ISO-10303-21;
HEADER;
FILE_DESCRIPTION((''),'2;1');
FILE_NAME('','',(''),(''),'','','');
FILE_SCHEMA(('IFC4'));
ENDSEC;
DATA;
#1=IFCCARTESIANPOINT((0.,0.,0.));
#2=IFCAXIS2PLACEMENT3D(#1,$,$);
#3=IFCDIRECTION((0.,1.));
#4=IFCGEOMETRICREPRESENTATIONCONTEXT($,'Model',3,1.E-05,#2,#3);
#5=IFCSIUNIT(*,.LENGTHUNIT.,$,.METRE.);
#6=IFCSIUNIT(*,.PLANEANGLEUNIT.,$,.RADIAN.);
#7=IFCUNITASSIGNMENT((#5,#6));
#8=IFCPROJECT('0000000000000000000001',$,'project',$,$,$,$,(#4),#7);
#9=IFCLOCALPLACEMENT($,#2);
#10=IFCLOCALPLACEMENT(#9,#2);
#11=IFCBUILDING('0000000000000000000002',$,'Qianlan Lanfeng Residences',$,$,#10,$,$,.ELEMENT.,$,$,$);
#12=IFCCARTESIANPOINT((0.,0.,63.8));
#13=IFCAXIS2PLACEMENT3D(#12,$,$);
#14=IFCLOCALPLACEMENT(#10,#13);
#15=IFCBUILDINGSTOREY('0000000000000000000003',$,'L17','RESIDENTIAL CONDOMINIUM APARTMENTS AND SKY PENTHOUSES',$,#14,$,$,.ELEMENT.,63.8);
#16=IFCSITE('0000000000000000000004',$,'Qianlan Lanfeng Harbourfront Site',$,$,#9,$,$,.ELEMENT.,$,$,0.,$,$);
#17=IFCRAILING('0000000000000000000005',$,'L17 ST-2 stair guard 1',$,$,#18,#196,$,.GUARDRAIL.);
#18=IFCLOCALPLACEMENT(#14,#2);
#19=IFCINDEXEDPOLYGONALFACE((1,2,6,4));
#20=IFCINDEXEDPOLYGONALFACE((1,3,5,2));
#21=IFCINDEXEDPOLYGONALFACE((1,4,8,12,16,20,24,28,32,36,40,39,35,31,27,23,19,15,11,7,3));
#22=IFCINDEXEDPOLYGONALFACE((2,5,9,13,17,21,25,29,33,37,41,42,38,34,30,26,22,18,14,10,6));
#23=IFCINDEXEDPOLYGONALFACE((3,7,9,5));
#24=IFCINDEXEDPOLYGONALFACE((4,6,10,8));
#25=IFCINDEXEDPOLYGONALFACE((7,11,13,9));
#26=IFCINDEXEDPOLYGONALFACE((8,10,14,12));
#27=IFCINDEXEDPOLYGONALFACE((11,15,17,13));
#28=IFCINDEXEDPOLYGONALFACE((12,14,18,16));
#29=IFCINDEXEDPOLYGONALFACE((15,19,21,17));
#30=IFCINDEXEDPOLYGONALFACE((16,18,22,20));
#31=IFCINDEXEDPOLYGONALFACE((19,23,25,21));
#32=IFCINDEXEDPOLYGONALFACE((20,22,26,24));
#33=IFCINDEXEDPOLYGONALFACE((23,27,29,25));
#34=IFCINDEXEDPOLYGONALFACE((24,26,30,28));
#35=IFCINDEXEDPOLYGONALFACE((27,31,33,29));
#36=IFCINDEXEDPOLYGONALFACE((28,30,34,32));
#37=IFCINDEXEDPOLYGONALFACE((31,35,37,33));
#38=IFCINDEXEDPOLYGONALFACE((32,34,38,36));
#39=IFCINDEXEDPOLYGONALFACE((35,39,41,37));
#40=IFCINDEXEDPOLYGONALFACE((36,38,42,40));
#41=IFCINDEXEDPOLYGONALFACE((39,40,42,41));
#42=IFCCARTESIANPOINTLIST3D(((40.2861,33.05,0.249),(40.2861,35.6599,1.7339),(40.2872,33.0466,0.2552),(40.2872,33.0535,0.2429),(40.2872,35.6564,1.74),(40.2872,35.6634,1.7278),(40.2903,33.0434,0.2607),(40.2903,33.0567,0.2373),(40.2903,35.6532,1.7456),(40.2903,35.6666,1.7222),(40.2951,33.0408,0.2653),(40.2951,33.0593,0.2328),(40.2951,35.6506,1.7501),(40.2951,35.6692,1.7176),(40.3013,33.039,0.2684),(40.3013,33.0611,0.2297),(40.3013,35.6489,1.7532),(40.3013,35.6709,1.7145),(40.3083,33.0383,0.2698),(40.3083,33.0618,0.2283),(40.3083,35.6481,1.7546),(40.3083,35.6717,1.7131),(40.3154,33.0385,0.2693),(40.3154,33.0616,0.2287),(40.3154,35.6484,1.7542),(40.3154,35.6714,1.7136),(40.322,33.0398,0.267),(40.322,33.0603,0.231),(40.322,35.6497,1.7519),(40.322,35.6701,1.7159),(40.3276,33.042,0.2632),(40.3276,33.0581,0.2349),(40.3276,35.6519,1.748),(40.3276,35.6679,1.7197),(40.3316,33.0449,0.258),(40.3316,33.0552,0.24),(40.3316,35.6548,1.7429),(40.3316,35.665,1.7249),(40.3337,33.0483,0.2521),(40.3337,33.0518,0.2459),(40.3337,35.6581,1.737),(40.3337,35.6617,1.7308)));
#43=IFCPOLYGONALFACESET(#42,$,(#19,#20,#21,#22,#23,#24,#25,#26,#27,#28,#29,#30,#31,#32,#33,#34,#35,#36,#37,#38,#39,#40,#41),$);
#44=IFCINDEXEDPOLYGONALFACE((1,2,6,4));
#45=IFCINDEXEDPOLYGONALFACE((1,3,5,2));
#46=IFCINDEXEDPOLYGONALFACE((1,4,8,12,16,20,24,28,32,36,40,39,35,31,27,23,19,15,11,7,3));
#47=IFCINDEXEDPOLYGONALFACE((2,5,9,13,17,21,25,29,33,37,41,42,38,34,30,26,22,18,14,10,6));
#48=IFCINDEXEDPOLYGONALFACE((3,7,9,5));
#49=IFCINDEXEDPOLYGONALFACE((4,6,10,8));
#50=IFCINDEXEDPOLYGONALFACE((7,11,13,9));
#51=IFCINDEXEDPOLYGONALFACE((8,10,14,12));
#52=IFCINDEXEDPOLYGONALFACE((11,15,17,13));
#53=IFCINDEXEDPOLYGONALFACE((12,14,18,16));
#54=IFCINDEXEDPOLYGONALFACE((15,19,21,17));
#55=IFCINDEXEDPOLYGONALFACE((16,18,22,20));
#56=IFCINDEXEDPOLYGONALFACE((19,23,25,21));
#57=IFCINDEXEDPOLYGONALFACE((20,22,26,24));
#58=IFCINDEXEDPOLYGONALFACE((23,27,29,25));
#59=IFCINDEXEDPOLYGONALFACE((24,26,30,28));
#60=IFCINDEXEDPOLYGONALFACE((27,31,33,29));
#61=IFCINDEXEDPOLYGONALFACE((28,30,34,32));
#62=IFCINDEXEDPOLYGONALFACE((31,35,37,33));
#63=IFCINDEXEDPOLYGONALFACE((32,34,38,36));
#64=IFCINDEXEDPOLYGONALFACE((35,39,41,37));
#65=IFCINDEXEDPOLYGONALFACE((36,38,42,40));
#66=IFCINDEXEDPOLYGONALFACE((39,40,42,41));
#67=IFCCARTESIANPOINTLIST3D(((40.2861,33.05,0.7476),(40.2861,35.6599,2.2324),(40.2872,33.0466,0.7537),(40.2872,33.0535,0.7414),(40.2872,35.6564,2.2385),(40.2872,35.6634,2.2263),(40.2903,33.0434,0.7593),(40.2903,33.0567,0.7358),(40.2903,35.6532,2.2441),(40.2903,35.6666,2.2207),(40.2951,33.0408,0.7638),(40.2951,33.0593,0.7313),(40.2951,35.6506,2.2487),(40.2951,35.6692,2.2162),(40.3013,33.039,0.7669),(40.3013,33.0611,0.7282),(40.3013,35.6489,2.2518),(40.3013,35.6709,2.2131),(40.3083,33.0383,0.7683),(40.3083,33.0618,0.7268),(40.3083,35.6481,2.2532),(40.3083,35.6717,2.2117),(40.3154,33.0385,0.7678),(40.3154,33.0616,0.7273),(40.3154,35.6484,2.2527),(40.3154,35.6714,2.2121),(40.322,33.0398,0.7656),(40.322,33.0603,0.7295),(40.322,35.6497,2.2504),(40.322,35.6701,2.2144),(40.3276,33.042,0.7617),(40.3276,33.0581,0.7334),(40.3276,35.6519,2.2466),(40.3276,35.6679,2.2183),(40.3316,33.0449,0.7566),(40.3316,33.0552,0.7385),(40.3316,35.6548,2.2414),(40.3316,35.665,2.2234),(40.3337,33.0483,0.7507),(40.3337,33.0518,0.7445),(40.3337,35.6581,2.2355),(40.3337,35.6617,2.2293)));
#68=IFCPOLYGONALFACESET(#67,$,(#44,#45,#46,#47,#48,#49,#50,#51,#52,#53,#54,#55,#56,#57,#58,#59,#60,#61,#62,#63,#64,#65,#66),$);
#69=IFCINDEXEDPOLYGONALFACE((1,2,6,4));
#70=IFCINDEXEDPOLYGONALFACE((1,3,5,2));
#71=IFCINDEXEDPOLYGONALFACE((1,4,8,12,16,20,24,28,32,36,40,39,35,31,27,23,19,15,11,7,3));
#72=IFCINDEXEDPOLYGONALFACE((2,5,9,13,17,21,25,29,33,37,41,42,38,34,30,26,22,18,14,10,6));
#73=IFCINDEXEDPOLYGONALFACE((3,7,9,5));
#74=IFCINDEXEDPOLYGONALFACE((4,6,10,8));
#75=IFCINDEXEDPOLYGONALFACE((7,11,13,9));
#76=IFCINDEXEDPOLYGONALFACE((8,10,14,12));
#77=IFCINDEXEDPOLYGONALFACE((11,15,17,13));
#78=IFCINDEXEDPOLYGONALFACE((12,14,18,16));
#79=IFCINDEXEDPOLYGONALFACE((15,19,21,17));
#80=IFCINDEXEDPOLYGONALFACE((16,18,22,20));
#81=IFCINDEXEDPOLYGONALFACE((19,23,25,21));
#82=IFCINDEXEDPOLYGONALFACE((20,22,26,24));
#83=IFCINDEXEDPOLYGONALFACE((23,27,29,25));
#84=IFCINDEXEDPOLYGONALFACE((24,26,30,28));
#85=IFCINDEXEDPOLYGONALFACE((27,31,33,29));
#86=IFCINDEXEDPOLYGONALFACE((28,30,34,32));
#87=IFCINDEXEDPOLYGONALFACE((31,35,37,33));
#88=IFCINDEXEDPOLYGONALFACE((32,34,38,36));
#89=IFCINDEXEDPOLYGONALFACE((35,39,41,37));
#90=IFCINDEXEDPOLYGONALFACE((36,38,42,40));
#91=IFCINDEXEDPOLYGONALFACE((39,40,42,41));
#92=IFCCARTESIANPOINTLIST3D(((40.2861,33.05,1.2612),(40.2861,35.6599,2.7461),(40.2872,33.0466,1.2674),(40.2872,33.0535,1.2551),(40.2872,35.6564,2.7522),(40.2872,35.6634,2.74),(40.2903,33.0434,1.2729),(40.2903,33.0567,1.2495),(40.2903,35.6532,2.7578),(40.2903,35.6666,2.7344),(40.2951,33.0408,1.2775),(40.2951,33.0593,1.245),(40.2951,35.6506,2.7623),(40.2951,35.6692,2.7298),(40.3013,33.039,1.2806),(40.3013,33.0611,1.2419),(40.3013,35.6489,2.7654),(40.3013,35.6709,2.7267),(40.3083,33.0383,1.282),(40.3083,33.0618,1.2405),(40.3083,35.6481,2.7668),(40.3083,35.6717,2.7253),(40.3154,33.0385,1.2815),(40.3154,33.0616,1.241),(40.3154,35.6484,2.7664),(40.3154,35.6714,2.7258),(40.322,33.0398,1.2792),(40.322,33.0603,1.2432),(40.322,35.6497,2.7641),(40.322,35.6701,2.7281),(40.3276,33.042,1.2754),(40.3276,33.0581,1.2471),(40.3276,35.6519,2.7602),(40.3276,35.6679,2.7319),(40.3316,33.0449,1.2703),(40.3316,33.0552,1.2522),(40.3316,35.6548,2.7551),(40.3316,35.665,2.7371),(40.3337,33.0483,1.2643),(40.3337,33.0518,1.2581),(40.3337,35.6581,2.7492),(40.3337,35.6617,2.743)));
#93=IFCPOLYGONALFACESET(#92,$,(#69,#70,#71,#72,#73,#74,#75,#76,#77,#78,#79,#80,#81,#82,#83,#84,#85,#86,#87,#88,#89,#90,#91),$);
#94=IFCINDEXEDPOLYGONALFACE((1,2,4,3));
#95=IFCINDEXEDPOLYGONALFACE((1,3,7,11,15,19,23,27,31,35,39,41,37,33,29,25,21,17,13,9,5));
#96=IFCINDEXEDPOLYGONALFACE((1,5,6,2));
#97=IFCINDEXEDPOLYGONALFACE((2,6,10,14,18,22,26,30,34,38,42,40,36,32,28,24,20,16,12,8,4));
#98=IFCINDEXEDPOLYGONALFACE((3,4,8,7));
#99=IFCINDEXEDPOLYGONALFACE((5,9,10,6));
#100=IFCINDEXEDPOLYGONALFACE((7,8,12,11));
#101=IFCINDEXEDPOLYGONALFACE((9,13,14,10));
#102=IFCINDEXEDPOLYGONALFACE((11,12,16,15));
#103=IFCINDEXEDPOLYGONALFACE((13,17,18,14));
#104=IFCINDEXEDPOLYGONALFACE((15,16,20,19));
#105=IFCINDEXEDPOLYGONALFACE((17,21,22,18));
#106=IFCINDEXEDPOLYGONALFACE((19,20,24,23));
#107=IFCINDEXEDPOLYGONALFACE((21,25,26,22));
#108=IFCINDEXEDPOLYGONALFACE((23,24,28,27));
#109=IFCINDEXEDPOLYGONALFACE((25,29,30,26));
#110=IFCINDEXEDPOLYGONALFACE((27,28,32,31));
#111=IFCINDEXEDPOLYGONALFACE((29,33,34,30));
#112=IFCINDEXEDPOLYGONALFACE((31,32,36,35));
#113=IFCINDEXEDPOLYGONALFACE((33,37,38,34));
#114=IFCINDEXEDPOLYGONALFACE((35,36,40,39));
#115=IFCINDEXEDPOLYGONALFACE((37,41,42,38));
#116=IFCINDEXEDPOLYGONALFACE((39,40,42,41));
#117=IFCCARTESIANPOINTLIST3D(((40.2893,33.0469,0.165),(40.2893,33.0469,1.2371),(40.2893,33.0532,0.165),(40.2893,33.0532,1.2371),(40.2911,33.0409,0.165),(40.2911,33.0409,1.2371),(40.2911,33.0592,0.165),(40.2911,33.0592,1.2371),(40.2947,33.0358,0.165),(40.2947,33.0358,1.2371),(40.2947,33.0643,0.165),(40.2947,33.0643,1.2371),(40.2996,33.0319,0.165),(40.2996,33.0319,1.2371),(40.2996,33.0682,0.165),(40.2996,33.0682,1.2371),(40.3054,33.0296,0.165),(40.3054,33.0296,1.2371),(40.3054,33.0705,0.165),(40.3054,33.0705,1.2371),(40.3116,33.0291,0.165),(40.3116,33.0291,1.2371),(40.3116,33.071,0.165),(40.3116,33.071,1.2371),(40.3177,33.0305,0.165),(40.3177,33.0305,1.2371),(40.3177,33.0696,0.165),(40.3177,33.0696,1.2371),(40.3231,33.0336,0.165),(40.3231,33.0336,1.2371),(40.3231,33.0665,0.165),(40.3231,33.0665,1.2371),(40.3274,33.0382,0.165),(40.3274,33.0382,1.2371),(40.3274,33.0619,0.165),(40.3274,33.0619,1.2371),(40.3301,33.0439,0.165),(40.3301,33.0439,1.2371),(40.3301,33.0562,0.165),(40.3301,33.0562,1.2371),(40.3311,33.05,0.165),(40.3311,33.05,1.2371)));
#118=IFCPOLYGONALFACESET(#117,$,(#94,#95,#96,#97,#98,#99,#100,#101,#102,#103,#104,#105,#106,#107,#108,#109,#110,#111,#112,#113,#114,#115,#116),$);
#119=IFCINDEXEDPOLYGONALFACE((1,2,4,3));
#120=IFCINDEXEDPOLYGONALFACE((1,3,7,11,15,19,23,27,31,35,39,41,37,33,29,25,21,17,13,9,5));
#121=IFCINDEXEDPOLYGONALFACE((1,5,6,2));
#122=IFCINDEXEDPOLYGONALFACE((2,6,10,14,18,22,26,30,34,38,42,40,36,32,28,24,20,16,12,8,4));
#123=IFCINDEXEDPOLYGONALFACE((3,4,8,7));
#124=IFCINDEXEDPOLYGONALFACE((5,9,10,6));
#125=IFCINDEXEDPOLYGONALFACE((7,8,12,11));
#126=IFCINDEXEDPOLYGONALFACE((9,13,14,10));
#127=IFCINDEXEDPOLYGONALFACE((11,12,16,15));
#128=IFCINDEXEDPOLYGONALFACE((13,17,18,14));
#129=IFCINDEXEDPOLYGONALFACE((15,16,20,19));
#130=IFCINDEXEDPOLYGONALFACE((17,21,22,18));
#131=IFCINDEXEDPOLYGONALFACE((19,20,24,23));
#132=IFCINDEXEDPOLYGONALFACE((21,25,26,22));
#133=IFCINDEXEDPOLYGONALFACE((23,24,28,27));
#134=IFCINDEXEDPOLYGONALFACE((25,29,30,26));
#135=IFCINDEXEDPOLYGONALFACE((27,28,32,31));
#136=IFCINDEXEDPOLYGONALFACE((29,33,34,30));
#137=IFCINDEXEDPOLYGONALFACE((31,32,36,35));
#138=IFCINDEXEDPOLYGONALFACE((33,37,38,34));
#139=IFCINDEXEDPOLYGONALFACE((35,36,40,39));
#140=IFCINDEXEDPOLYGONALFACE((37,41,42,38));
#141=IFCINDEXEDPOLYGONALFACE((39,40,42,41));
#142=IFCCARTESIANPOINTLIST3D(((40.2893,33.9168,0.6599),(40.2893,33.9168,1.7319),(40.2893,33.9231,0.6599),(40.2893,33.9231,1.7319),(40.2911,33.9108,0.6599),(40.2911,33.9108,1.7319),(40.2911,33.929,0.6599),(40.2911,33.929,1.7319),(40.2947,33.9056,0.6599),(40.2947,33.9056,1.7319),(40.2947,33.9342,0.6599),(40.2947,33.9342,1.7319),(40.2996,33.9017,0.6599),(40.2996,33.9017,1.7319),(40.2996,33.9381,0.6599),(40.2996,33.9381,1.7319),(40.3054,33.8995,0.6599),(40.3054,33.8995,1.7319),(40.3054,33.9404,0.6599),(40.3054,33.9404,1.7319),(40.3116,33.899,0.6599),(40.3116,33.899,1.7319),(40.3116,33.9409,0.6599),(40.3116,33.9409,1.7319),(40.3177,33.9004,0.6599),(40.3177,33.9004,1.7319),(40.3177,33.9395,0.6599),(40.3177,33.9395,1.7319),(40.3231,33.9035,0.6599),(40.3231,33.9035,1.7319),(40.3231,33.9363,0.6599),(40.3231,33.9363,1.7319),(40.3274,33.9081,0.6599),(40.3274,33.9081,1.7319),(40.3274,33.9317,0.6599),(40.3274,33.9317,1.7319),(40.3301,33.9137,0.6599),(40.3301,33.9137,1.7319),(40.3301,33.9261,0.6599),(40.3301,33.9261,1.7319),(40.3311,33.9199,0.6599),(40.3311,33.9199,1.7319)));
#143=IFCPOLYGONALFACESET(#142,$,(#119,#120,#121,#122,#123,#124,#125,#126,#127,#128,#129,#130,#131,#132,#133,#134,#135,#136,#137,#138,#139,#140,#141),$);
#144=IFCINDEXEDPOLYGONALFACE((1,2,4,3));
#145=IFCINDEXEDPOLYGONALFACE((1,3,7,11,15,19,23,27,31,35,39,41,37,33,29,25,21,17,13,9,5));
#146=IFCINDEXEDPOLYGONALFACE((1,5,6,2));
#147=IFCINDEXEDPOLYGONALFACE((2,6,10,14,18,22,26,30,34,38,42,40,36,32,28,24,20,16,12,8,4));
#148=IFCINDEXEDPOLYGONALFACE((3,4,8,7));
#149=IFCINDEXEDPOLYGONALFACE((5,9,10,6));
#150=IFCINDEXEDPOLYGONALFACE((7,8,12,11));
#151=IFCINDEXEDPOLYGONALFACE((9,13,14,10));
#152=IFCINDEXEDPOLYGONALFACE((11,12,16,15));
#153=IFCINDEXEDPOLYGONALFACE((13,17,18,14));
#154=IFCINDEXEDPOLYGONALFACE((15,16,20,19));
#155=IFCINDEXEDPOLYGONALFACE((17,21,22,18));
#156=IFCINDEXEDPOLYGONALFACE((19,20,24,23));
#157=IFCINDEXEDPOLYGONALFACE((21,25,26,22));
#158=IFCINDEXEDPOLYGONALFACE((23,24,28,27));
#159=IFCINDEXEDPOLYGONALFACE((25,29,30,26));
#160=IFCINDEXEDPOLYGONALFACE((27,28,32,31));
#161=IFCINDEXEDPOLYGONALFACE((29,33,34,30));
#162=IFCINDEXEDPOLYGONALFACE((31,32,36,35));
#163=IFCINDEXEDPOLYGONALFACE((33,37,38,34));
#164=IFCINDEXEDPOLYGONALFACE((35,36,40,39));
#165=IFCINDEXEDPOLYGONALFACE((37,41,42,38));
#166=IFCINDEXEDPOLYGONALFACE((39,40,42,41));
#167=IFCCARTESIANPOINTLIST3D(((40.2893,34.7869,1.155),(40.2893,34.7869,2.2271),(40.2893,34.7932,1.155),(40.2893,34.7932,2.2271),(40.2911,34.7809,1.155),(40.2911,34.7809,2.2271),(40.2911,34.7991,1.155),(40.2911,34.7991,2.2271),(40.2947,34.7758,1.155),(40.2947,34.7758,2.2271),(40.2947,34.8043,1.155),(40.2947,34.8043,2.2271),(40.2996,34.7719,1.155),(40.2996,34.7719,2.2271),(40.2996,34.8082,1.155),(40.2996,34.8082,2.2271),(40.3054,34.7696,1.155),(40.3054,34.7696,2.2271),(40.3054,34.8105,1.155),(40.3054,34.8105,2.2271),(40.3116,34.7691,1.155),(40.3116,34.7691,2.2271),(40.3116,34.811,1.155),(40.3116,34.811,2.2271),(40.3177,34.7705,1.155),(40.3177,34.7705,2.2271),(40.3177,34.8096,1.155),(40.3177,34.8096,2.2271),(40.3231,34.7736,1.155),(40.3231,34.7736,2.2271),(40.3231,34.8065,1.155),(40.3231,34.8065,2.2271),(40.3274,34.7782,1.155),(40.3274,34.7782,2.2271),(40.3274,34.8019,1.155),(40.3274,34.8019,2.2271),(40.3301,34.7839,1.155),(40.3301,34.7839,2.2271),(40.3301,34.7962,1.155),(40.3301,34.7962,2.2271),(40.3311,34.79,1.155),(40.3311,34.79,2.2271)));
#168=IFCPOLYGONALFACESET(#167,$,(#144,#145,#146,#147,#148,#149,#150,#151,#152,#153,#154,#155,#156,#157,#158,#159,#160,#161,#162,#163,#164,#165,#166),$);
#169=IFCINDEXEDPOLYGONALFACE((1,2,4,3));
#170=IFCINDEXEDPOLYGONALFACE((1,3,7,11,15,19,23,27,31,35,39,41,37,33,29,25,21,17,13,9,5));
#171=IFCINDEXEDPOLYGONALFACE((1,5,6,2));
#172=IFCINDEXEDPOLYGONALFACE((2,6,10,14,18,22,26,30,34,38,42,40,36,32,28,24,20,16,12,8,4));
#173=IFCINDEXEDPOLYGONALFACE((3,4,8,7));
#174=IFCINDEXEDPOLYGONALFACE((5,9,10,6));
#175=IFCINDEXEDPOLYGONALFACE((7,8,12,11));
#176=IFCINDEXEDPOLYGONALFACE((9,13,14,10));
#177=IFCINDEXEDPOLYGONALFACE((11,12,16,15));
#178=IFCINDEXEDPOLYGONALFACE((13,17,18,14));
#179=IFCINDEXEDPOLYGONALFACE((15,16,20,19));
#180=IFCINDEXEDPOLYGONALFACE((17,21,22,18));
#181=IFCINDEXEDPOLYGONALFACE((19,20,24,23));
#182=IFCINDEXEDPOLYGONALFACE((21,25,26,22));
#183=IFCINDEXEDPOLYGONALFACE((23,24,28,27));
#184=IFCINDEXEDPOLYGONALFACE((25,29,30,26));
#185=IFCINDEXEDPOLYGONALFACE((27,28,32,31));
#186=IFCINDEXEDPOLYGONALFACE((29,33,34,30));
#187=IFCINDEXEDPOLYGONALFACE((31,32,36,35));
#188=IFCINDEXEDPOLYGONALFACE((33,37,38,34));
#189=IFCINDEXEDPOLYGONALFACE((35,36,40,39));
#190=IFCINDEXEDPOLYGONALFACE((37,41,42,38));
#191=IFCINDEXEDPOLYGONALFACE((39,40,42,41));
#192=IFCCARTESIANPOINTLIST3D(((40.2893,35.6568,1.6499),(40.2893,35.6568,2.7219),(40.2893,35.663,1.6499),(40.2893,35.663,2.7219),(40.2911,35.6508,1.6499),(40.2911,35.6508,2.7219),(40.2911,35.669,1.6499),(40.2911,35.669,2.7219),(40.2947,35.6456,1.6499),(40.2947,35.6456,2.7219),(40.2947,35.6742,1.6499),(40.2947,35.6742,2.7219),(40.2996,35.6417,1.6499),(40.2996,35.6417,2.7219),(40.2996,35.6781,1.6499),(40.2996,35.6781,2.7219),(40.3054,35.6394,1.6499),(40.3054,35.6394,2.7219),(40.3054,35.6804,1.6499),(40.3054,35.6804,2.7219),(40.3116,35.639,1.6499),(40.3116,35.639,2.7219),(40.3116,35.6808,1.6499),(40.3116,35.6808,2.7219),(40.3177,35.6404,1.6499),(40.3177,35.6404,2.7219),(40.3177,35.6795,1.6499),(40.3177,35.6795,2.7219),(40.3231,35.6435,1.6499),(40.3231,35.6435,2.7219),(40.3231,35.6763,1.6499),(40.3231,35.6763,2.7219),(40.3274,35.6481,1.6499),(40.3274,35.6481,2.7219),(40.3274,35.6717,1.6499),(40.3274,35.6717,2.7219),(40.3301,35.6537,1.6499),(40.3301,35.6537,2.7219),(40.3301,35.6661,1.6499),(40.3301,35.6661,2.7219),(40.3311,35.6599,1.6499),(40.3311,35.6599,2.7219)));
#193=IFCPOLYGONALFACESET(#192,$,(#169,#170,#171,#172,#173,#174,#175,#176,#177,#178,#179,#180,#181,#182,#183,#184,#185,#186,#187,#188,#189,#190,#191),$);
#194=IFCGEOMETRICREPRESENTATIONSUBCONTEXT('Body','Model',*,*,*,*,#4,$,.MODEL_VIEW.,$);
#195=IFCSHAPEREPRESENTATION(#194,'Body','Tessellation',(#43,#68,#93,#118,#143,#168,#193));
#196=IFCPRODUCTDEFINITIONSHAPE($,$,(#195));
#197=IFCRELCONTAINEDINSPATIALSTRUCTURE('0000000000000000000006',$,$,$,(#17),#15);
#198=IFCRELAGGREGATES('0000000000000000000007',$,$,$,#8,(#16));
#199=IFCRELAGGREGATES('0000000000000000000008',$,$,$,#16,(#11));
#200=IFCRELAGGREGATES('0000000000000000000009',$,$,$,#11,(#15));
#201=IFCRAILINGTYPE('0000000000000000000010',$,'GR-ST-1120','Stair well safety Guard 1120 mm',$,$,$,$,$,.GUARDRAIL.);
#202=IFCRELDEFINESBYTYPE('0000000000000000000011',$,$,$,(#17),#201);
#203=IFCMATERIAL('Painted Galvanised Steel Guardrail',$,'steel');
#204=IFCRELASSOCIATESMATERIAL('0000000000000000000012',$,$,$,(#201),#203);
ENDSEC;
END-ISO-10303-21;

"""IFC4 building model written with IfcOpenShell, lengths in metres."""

from ifc_helpers import new_model, si_unit, direction, frame, origin, origin_2d, place, context, subcontext, project, spatial, circle, extrude, material, type_object, element, save


model = new_model("IFC4")

# Units and contexts
model_context = context("Model", 3, precision=1e-05, world=origin(), true_north=direction((0.0, 1.0)))
body_context = subcontext(model_context, "Body", "Model", "MODEL_VIEW")
ifc_project = project(units=[si_unit("LENGTHUNIT", "METRE"), si_unit("PLANEANGLEUNIT", "RADIAN")], contexts=[model_context])

# Site, building, storey
site_placement = place(None, origin())
site = spatial("IfcSite", under=ifc_project, at=site_placement, Name="Qianlan Lanfeng Harbourfront Site", CompositionType="ELEMENT", RefElevation=0.0)
building_placement = place(site_placement, origin())
building = spatial("IfcBuilding", under=site, at=building_placement, Name="Qianlan Lanfeng Residences", CompositionType="ELEMENT")
storey_placement = place(building_placement, frame((0.0, 0.0, 63.8)))
storey = spatial("IfcBuildingStorey", under=building, at=storey_placement, Name="L17", Description="RESIDENTIAL CONDOMINIUM APARTMENTS AND SKY PENTHOUSES", CompositionType="ELEMENT", Elevation=63.8)

# Railing
ifc_material_1 = material(Name="Painted Galvanised Steel Guardrail", Category="steel")
railing_type_1 = type_object("IfcRailingType", Name="GR-ST-1120", Description="Stair well safety Guard 1120 mm", PredefinedType="GUARDRAIL", material=ifc_material_1)
railing_1_placement = place(storey_placement, frame((40.3101, 33.05, 0.165)))
element("IfcRailing", 1, at=railing_1_placement, inside=storey, type_object=railing_type_1, Name="L17 ST-2 stair guard 1", PredefinedType="GUARDRAIL", context=body_context, shape_type="SweptSolid", body=[
    extrude(circle(Radius=0.0239, at=origin_2d()), frame((0.0, 0.0, 0.084), z_axis=(0.0, 0.869172, 0.494509), x_axis=(-1.0, 0.0, 0.0)), (0.0, 0.0, 1.0), 3.0027),
    extrude(circle(Radius=0.0239, at=origin_2d()), frame((0.0, 0.0, 0.5825), z_axis=(0.0, 0.869172, 0.494509), x_axis=(-1.0, 0.0, 0.0)), (0.0, 0.0, 1.0), 3.0027),
    extrude(circle(Radius=0.0239, at=origin_2d()), frame((0.0, 0.0, 1.0962), z_axis=(0.0, 0.869172, 0.494509), x_axis=(-1.0, 0.0, 0.0)), (0.0, 0.0, 1.0), 3.0027),
    extrude(circle(Radius=0.021, at=origin_2d()), origin(), (0.0, 0.0, 1.0), 1.072),
    extrude(circle(Radius=0.021, at=origin_2d()), frame((0.0, 0.8699, 0.4949)), (0.0, 0.0, 1.0), 1.072),
    extrude(circle(Radius=0.021, at=origin_2d()), frame((0.0, 1.74, 0.99)), (0.0, 0.0, 1.0), 1.072),
    extrude(circle(Radius=0.021, at=origin_2d()), frame((0.0, 2.6099, 1.4849)), (0.0, 0.0, 1.0), 1.072),
])

save(model, "model.ifc")
